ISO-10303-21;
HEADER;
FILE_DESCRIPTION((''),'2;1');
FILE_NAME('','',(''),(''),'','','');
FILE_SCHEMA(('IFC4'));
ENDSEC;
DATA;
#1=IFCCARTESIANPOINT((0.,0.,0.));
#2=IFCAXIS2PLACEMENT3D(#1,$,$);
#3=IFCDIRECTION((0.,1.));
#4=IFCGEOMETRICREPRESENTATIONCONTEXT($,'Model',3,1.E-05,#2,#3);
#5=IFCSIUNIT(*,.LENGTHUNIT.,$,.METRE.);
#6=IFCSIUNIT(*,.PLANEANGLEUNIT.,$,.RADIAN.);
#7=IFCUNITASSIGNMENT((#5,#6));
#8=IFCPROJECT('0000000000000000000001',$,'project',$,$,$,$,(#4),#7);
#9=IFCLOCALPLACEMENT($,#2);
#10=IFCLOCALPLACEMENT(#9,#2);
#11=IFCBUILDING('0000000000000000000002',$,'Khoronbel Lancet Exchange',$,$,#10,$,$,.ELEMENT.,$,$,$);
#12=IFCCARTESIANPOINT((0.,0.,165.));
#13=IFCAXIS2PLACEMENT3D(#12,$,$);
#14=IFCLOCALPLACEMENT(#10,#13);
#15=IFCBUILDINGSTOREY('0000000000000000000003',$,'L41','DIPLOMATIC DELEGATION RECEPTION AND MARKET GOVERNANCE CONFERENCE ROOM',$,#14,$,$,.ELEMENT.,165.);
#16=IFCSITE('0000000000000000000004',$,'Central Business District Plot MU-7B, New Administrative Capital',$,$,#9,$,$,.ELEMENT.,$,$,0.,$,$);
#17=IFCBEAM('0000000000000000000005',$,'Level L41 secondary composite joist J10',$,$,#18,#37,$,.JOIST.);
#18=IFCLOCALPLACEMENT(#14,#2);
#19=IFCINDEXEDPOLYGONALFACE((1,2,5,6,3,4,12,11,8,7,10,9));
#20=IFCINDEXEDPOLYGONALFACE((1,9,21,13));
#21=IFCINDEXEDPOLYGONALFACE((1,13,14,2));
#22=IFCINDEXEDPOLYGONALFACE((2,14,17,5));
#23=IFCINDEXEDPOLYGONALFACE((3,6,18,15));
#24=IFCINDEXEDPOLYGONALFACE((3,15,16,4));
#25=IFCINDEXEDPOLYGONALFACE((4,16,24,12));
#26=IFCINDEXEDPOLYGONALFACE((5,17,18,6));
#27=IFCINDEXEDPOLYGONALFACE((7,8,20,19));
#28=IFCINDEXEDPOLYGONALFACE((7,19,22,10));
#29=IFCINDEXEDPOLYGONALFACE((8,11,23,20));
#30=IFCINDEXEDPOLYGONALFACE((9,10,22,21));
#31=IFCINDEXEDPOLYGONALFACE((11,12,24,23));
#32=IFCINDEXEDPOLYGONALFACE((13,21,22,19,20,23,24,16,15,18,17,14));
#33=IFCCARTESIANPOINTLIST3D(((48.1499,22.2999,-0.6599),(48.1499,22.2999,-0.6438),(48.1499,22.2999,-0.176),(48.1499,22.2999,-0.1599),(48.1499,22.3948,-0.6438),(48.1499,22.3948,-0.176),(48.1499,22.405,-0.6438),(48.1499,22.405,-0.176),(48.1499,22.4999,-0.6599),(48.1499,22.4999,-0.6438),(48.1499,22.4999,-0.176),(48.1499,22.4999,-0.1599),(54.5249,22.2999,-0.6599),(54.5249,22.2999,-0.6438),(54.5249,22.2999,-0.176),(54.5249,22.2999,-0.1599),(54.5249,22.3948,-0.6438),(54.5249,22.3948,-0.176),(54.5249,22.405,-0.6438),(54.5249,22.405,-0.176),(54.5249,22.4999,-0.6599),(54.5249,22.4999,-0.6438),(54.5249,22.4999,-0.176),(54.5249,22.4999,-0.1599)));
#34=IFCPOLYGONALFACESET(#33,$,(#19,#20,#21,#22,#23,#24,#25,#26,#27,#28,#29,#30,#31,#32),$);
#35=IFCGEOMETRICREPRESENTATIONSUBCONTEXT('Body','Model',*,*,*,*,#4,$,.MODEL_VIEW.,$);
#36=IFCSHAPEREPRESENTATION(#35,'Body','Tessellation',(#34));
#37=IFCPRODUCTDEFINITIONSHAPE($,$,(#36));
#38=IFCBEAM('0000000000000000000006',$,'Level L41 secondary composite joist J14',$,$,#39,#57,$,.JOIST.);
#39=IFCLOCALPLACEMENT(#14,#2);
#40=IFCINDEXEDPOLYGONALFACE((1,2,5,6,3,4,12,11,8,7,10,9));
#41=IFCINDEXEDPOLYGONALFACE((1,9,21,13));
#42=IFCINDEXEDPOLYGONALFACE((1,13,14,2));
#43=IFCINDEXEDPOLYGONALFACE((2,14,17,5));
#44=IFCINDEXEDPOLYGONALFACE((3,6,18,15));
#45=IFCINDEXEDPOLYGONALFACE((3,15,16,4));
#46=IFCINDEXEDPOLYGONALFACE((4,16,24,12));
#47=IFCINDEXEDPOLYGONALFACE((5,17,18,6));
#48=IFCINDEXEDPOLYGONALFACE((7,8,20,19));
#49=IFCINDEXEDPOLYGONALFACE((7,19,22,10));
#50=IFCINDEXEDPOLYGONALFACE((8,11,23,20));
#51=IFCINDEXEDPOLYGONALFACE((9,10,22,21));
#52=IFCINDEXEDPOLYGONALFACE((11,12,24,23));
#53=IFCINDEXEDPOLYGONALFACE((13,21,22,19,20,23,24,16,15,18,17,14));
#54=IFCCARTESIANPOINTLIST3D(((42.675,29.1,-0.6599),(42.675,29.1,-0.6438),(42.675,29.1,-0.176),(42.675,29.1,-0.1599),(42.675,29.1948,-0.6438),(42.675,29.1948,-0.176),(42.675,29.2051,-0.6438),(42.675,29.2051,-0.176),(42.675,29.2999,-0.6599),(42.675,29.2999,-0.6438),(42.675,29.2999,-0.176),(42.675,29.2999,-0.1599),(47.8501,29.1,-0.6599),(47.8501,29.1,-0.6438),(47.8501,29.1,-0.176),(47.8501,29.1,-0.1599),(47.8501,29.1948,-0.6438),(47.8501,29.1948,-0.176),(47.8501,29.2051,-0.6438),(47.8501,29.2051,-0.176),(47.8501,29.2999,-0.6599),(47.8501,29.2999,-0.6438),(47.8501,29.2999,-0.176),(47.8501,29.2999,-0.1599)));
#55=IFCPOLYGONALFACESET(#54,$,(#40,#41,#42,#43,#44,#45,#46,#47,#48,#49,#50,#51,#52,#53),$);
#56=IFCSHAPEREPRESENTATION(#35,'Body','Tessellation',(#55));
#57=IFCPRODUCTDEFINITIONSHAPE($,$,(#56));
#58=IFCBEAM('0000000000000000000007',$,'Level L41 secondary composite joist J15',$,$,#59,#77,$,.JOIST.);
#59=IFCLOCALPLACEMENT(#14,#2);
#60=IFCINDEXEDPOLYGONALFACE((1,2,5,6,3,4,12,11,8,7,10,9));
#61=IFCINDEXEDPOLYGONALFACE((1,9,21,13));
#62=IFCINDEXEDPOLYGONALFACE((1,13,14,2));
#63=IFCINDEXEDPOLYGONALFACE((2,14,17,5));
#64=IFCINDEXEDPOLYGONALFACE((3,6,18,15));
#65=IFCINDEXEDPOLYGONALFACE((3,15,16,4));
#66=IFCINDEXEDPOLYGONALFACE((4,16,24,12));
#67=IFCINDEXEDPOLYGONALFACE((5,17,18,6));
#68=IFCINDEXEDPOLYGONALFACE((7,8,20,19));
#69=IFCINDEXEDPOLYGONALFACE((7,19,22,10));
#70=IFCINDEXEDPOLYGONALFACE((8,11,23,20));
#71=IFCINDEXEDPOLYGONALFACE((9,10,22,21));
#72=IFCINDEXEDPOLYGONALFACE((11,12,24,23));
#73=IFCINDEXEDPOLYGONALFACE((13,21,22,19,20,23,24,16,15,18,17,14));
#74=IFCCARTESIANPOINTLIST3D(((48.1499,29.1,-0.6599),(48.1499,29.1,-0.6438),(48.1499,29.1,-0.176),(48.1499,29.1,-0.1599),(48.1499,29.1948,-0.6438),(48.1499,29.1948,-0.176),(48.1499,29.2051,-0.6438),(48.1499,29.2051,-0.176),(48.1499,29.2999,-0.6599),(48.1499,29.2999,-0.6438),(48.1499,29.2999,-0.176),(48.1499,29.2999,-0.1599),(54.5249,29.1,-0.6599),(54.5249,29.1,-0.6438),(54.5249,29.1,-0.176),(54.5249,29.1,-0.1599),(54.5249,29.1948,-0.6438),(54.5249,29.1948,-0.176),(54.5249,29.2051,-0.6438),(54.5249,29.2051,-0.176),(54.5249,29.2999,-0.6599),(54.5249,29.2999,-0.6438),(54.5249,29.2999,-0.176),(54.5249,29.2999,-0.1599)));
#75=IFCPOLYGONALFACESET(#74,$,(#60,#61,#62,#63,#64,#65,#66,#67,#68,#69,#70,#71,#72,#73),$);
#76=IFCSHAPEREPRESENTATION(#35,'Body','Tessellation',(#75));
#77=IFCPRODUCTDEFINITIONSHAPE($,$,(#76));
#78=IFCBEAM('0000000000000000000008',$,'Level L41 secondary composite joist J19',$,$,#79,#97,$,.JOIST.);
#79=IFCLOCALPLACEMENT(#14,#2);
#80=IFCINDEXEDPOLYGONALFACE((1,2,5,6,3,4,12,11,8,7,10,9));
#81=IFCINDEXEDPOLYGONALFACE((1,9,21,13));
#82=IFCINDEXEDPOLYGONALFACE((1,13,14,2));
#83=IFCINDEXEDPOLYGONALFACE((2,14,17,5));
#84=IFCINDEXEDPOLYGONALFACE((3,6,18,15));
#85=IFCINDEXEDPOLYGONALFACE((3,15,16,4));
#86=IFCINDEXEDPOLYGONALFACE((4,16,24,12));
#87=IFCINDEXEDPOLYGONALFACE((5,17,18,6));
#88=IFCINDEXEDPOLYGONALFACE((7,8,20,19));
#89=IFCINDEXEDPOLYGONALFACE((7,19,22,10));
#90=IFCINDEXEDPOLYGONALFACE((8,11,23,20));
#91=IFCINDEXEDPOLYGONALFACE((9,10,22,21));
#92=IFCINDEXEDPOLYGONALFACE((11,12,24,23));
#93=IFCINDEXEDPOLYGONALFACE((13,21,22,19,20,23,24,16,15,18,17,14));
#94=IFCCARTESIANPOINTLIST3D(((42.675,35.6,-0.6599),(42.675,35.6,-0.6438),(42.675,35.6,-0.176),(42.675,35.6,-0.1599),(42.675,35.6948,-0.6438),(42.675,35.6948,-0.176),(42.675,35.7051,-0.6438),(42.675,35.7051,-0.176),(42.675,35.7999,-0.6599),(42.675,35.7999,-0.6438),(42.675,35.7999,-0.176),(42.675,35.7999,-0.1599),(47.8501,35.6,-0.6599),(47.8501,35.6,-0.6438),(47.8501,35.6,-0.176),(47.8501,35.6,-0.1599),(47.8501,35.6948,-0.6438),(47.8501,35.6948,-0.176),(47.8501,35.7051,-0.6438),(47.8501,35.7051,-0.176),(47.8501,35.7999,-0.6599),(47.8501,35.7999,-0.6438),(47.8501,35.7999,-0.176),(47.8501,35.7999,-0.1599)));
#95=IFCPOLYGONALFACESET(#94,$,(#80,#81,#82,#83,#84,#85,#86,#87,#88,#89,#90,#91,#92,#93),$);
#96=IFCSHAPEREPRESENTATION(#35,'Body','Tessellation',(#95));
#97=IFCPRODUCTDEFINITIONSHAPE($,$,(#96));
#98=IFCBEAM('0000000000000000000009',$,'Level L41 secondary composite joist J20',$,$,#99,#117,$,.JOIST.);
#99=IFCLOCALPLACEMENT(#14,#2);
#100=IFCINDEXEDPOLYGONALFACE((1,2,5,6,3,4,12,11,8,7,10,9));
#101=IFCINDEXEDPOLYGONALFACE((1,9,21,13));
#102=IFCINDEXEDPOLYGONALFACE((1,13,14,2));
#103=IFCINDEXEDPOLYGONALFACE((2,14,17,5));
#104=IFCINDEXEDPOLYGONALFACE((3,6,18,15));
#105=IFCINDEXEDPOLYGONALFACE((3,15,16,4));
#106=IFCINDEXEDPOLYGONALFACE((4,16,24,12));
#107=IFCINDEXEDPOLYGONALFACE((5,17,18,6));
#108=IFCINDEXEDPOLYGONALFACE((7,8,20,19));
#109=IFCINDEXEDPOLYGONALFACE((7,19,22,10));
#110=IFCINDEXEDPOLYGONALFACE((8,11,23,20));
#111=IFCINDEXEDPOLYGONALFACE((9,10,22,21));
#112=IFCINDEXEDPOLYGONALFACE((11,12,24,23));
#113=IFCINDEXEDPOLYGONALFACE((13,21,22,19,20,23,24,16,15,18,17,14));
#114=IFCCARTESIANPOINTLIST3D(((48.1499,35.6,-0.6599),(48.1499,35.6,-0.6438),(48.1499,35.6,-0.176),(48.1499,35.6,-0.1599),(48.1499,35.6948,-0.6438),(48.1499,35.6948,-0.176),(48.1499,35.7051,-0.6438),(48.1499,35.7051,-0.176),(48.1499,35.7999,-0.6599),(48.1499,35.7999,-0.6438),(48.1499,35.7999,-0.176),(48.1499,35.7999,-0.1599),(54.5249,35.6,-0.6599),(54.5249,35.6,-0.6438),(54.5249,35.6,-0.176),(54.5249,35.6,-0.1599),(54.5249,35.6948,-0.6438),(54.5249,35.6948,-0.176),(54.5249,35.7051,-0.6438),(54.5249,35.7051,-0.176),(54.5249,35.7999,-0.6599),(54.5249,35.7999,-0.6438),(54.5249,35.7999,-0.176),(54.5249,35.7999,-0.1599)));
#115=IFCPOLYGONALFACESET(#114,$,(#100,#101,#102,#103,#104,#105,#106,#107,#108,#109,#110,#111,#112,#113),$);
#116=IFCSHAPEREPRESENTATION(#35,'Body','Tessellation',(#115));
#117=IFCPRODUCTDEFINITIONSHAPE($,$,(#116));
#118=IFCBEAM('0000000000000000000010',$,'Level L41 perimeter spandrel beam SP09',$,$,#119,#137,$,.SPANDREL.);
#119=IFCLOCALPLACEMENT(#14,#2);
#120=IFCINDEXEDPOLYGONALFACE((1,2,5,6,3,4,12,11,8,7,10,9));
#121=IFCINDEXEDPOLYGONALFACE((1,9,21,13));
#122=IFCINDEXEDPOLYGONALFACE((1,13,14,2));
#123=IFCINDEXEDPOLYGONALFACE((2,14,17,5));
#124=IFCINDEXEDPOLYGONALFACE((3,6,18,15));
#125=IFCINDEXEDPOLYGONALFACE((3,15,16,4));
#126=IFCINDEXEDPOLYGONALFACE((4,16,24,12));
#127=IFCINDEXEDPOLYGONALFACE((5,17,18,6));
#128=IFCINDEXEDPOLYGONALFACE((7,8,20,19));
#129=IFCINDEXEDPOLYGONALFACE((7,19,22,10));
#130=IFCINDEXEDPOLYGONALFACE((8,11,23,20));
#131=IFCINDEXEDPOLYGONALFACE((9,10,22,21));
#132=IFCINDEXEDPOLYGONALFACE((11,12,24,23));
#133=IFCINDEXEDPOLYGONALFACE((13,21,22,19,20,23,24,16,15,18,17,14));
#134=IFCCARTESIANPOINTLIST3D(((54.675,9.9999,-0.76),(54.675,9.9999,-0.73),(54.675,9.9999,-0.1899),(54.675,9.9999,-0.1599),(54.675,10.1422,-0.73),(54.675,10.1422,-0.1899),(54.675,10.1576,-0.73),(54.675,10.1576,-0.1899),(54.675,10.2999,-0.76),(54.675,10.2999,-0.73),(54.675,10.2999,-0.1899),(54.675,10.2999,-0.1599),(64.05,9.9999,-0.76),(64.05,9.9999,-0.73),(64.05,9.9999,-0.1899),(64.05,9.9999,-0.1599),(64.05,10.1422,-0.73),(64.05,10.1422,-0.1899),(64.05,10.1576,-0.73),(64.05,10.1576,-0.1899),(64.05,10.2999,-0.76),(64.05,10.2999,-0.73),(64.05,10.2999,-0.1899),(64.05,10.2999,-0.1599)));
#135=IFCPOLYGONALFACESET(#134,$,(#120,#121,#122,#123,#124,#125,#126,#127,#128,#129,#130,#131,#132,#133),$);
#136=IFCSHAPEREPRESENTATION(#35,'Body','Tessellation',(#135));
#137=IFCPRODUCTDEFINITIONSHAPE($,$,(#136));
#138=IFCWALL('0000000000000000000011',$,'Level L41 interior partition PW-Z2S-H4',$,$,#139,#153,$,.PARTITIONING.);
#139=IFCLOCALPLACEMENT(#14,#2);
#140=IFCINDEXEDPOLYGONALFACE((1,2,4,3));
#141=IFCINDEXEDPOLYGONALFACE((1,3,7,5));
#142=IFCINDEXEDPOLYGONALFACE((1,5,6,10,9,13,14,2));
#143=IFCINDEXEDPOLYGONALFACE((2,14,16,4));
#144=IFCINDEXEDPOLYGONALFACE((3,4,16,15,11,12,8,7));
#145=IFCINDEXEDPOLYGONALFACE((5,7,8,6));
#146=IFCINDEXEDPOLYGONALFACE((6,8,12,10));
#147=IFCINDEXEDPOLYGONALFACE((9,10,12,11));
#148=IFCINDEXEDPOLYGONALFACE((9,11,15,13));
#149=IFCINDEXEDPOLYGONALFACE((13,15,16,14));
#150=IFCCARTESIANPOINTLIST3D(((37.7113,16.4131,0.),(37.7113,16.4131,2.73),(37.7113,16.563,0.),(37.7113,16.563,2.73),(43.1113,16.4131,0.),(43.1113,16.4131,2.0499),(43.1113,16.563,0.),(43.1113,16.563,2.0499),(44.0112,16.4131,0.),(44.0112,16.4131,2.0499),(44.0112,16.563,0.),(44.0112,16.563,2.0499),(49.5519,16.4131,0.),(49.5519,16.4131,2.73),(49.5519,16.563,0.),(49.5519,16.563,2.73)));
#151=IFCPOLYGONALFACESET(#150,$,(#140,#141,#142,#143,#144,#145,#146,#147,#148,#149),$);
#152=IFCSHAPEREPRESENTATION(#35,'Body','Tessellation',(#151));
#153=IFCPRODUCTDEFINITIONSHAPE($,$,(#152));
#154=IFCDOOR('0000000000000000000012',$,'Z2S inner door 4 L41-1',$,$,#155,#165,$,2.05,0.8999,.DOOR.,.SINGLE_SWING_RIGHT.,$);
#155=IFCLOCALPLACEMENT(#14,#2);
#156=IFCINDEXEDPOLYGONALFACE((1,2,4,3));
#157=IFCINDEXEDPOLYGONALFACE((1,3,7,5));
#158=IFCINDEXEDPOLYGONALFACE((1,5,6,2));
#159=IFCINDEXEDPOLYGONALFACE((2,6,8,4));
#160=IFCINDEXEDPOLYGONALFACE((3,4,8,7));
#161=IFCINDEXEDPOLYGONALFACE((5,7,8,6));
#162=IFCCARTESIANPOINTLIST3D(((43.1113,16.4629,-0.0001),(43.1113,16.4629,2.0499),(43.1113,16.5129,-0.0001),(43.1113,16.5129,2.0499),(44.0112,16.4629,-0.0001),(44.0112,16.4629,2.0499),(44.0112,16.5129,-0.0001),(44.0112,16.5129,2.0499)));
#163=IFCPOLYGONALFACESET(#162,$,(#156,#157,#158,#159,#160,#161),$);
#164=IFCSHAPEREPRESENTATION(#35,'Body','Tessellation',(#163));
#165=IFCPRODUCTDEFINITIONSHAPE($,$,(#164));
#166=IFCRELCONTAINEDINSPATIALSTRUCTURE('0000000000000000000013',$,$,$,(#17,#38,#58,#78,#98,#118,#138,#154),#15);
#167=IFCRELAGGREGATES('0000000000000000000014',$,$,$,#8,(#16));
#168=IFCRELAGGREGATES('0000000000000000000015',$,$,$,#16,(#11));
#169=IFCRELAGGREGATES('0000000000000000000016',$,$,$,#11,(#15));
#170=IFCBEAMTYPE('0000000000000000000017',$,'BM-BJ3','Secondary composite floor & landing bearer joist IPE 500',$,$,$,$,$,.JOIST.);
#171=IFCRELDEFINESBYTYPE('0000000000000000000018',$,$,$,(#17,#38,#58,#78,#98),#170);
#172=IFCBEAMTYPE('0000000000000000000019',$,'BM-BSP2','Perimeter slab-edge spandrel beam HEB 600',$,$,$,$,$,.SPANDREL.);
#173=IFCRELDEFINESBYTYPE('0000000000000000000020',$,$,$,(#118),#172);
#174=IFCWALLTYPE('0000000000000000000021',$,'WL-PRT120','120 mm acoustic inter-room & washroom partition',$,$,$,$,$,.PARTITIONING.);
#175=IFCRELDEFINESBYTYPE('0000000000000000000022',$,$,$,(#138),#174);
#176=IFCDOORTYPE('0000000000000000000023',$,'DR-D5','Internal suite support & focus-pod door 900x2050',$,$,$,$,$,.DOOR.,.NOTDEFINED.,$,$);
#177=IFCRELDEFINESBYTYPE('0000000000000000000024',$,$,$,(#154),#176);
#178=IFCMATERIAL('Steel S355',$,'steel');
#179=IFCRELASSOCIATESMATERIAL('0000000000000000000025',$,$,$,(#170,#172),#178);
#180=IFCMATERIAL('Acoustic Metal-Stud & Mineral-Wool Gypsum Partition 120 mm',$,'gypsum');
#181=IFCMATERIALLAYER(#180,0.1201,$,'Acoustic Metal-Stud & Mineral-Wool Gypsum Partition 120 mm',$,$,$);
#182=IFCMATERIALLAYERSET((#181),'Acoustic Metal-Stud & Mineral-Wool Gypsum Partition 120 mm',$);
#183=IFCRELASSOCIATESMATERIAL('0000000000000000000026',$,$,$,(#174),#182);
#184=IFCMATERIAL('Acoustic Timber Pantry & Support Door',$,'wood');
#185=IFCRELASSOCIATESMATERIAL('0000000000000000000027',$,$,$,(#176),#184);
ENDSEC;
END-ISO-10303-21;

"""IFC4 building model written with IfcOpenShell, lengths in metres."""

from ifc_helpers import new_model, si_unit, direction, frame, frame_2d, origin, origin_2d, place, context, subcontext, project, spatial, rectangle, i_section, extrude, material, layer, layer_set, material_profile, profile_set, type_object, element, fill, save


model = new_model("IFC4")

# Units and contexts
model_context = context("Model", 3, precision=1e-05, world=origin(), true_north=direction((0.0, 1.0)))
body_context = subcontext(model_context, "Body", "Model", "MODEL_VIEW")
ifc_project = project(units=[si_unit("LENGTHUNIT", "METRE"), si_unit("PLANEANGLEUNIT", "RADIAN")], contexts=[model_context])

# Site, building, storey
site_placement = place(None, origin())
site = spatial("IfcSite", under=ifc_project, at=site_placement, Name="Central Business District Plot MU-7B, New Administrative Capital", CompositionType="ELEMENT", RefElevation=0.0)
building_placement = place(site_placement, origin())
building = spatial("IfcBuilding", under=site, at=building_placement, Name="Khoronbel Lancet Exchange", CompositionType="ELEMENT")
storey_placement = place(building_placement, frame((0.0, 0.0, 165.0)))
storey = spatial("IfcBuildingStorey", under=building, at=storey_placement, Name="L41", Description="DIPLOMATIC DELEGATION RECEPTION AND MARKET GOVERNANCE CONFERENCE ROOM", CompositionType="ELEMENT", Elevation=165.0)

# Beams
ifc_material_1 = material(Name="Steel S355", Category="steel")
ifc_material_profile_1 = material_profile(ifc_material_1, i_section(OverallWidth=0.2, OverallDepth=0.5, WebThickness=0.0103, FlangeThickness=0.0161, at=origin_2d()), Name="IPE 500")
ifc_profile_set_1 = profile_set([ifc_material_profile_1], Name="Steel S355")
beam_type_1 = type_object("IfcBeamType", Name="BM-BJ3", Description="Secondary composite floor & landing bearer joist IPE 500", PredefinedType="JOIST", material=ifc_profile_set_1)
beam_1_placement = place(storey_placement, frame((48.1499, 22.3999, -0.4099), z_axis=(1.0, 0.0, 0.0), x_axis=(0.0, 1.0, 0.0)))
element("IfcBeam", 1, at=beam_1_placement, inside=storey, type_object=beam_type_1, Name="Level L41 secondary composite joist J10", PredefinedType="JOIST", context=body_context, shape_type="SweptSolid", body=[
    extrude(i_section(OverallWidth=0.2, OverallDepth=0.5, WebThickness=0.0103, FlangeThickness=0.0161, at=origin_2d()), origin(), (0.0, 0.0, 1.0), 6.375),
])
beam_2_placement = place(storey_placement, frame((42.675, 29.2, -0.4099), z_axis=(1.0, 0.0, 0.0), x_axis=(0.0, 1.0, 0.0)))
element("IfcBeam", 2, at=beam_2_placement, inside=storey, type_object=beam_type_1, Name="Level L41 secondary composite joist J14", PredefinedType="JOIST", context=body_context, shape_type="SweptSolid", body=[
    extrude(i_section(OverallWidth=0.2, OverallDepth=0.5, WebThickness=0.0103, FlangeThickness=0.0161, at=origin_2d()), origin(), (0.0, 0.0, 1.0), 5.175),
])
beam_3_placement = place(storey_placement, frame((48.1499, 29.2, -0.4099), z_axis=(1.0, 0.0, 0.0), x_axis=(0.0, 1.0, 0.0)))
element("IfcBeam", 3, at=beam_3_placement, inside=storey, type_object=beam_type_1, Name="Level L41 secondary composite joist J15", PredefinedType="JOIST", context=body_context, shape_type="SweptSolid", body=[
    extrude(i_section(OverallWidth=0.2, OverallDepth=0.5, WebThickness=0.0103, FlangeThickness=0.0161, at=origin_2d()), origin(), (0.0, 0.0, 1.0), 6.375),
])
beam_4_placement = place(storey_placement, frame((42.675, 35.7, -0.4099), z_axis=(1.0, 0.0, 0.0), x_axis=(0.0, 1.0, 0.0)))
element("IfcBeam", 4, at=beam_4_placement, inside=storey, type_object=beam_type_1, Name="Level L41 secondary composite joist J19", PredefinedType="JOIST", context=body_context, shape_type="SweptSolid", body=[
    extrude(i_section(OverallWidth=0.2, OverallDepth=0.5, WebThickness=0.0103, FlangeThickness=0.0161, at=origin_2d()), origin(), (0.0, 0.0, 1.0), 5.175),
])
beam_5_placement = place(storey_placement, frame((48.1499, 35.7, -0.4099), z_axis=(1.0, 0.0, 0.0), x_axis=(0.0, 1.0, 0.0)))
element("IfcBeam", 5, at=beam_5_placement, inside=storey, type_object=beam_type_1, Name="Level L41 secondary composite joist J20", PredefinedType="JOIST", context=body_context, shape_type="SweptSolid", body=[
    extrude(i_section(OverallWidth=0.2, OverallDepth=0.5, WebThickness=0.0103, FlangeThickness=0.0161, at=origin_2d()), origin(), (0.0, 0.0, 1.0), 6.375),
])
ifc_material_profile_2 = material_profile(ifc_material_1, i_section(OverallWidth=0.3, OverallDepth=0.6001, WebThickness=0.0154, FlangeThickness=0.03, at=origin_2d()), Name="HEB 600")
ifc_profile_set_2 = profile_set([ifc_material_profile_2], Name="Steel S355")
beam_type_2 = type_object("IfcBeamType", Name="BM-BSP2", Description="Perimeter slab-edge spandrel beam HEB 600", PredefinedType="SPANDREL", material=ifc_profile_set_2)
beam_6_placement = place(storey_placement, frame((54.675, 10.1499, -0.46), z_axis=(1.0, 0.0, 0.0), x_axis=(0.0, 1.0, 0.0)))
element("IfcBeam", 6, at=beam_6_placement, inside=storey, type_object=beam_type_2, Name="Level L41 perimeter spandrel beam SP09", PredefinedType="SPANDREL", context=body_context, shape_type="SweptSolid", body=[
    extrude(i_section(OverallWidth=0.3, OverallDepth=0.6001, WebThickness=0.0154, FlangeThickness=0.03, at=origin_2d()), origin(), (0.0, 0.0, 1.0), 9.375),
])

# Wall, opening, door
ifc_material_2 = material(Name="Acoustic Metal-Stud & Mineral-Wool Gypsum Partition 120 mm", Category="gypsum")
ifc_layer_1 = layer(ifc_material_2, 0.1201, Name="Acoustic Metal-Stud & Mineral-Wool Gypsum Partition 120 mm")
ifc_layer_set_1 = layer_set([ifc_layer_1], Name="Acoustic Metal-Stud & Mineral-Wool Gypsum Partition 120 mm")
wall_type_1 = type_object("IfcWallType", Name="WL-PRT120", Description="120 mm acoustic inter-room & washroom partition", PredefinedType="PARTITIONING", material=ifc_layer_set_1)
wall_1_placement = place(storey_placement, frame((37.7112, 16.488, 0.0), z_axis=(0.0, 0.0, 1.0), x_axis=(1.0, 0.0, 0.0)))
wall_1 = element("IfcWall", 7, at=wall_1_placement, inside=storey, type_object=wall_type_1, Name="Level L41 interior partition PW-Z2S-H4", PredefinedType="PARTITIONING", context=body_context, shape_type="SweptSolid", body=[
    extrude(rectangle(XDim=11.8406, YDim=0.1499, at=frame_2d((5.9204, 0.0))), origin(), (0.0, 0.0, 1.0), 2.73),
])
opening_1_placement = place(wall_1_placement, frame((5.4001, 0.0, 0.0)))
opening_1 = element("IfcOpeningElement", 8, at=opening_1_placement, cuts=wall_1, PredefinedType="OPENING", context=body_context, shape_type="SweptSolid", body=[
    extrude(rectangle(XDim=0.8999, YDim=2.05, at=frame_2d((0.45, 1.0249))), frame((0.0, 0.085, 0.0), z_axis=(0.0, -1.0, 0.0), x_axis=(1.0, 0.0, 0.0)), (0.0, 0.0, 1.0), 0.1699),
])
ifc_material_3 = material(Name="Acoustic Timber Pantry & Support Door", Category="wood")
door_type_1 = type_object("IfcDoorType", Name="DR-D5", Description="Internal suite support & focus-pod door 900x2050", OperationType="NOTDEFINED", PredefinedType="DOOR", material=ifc_material_3)
door_1_placement = place(opening_1_placement, origin())
door_1 = element("IfcDoor", 9, at=door_1_placement, inside=storey, type_object=door_type_1, Name="Z2S inner door 4 L41-1", OperationType="SINGLE_SWING_RIGHT", OverallHeight=2.05, OverallWidth=0.8999, PredefinedType="DOOR", context=body_context, shape_type="SweptSolid", body=[
    extrude(rectangle(XDim=0.8999, YDim=2.05, at=frame_2d((0.45, 1.0249))), frame((0.0, 0.0249, 0.0), z_axis=(0.0, -1.0, 0.0), x_axis=(1.0, 0.0, 0.0)), (0.0, 0.0, 1.0), 0.05),
])
fill(opening_1, door_1)

save(model, "model.ifc")
